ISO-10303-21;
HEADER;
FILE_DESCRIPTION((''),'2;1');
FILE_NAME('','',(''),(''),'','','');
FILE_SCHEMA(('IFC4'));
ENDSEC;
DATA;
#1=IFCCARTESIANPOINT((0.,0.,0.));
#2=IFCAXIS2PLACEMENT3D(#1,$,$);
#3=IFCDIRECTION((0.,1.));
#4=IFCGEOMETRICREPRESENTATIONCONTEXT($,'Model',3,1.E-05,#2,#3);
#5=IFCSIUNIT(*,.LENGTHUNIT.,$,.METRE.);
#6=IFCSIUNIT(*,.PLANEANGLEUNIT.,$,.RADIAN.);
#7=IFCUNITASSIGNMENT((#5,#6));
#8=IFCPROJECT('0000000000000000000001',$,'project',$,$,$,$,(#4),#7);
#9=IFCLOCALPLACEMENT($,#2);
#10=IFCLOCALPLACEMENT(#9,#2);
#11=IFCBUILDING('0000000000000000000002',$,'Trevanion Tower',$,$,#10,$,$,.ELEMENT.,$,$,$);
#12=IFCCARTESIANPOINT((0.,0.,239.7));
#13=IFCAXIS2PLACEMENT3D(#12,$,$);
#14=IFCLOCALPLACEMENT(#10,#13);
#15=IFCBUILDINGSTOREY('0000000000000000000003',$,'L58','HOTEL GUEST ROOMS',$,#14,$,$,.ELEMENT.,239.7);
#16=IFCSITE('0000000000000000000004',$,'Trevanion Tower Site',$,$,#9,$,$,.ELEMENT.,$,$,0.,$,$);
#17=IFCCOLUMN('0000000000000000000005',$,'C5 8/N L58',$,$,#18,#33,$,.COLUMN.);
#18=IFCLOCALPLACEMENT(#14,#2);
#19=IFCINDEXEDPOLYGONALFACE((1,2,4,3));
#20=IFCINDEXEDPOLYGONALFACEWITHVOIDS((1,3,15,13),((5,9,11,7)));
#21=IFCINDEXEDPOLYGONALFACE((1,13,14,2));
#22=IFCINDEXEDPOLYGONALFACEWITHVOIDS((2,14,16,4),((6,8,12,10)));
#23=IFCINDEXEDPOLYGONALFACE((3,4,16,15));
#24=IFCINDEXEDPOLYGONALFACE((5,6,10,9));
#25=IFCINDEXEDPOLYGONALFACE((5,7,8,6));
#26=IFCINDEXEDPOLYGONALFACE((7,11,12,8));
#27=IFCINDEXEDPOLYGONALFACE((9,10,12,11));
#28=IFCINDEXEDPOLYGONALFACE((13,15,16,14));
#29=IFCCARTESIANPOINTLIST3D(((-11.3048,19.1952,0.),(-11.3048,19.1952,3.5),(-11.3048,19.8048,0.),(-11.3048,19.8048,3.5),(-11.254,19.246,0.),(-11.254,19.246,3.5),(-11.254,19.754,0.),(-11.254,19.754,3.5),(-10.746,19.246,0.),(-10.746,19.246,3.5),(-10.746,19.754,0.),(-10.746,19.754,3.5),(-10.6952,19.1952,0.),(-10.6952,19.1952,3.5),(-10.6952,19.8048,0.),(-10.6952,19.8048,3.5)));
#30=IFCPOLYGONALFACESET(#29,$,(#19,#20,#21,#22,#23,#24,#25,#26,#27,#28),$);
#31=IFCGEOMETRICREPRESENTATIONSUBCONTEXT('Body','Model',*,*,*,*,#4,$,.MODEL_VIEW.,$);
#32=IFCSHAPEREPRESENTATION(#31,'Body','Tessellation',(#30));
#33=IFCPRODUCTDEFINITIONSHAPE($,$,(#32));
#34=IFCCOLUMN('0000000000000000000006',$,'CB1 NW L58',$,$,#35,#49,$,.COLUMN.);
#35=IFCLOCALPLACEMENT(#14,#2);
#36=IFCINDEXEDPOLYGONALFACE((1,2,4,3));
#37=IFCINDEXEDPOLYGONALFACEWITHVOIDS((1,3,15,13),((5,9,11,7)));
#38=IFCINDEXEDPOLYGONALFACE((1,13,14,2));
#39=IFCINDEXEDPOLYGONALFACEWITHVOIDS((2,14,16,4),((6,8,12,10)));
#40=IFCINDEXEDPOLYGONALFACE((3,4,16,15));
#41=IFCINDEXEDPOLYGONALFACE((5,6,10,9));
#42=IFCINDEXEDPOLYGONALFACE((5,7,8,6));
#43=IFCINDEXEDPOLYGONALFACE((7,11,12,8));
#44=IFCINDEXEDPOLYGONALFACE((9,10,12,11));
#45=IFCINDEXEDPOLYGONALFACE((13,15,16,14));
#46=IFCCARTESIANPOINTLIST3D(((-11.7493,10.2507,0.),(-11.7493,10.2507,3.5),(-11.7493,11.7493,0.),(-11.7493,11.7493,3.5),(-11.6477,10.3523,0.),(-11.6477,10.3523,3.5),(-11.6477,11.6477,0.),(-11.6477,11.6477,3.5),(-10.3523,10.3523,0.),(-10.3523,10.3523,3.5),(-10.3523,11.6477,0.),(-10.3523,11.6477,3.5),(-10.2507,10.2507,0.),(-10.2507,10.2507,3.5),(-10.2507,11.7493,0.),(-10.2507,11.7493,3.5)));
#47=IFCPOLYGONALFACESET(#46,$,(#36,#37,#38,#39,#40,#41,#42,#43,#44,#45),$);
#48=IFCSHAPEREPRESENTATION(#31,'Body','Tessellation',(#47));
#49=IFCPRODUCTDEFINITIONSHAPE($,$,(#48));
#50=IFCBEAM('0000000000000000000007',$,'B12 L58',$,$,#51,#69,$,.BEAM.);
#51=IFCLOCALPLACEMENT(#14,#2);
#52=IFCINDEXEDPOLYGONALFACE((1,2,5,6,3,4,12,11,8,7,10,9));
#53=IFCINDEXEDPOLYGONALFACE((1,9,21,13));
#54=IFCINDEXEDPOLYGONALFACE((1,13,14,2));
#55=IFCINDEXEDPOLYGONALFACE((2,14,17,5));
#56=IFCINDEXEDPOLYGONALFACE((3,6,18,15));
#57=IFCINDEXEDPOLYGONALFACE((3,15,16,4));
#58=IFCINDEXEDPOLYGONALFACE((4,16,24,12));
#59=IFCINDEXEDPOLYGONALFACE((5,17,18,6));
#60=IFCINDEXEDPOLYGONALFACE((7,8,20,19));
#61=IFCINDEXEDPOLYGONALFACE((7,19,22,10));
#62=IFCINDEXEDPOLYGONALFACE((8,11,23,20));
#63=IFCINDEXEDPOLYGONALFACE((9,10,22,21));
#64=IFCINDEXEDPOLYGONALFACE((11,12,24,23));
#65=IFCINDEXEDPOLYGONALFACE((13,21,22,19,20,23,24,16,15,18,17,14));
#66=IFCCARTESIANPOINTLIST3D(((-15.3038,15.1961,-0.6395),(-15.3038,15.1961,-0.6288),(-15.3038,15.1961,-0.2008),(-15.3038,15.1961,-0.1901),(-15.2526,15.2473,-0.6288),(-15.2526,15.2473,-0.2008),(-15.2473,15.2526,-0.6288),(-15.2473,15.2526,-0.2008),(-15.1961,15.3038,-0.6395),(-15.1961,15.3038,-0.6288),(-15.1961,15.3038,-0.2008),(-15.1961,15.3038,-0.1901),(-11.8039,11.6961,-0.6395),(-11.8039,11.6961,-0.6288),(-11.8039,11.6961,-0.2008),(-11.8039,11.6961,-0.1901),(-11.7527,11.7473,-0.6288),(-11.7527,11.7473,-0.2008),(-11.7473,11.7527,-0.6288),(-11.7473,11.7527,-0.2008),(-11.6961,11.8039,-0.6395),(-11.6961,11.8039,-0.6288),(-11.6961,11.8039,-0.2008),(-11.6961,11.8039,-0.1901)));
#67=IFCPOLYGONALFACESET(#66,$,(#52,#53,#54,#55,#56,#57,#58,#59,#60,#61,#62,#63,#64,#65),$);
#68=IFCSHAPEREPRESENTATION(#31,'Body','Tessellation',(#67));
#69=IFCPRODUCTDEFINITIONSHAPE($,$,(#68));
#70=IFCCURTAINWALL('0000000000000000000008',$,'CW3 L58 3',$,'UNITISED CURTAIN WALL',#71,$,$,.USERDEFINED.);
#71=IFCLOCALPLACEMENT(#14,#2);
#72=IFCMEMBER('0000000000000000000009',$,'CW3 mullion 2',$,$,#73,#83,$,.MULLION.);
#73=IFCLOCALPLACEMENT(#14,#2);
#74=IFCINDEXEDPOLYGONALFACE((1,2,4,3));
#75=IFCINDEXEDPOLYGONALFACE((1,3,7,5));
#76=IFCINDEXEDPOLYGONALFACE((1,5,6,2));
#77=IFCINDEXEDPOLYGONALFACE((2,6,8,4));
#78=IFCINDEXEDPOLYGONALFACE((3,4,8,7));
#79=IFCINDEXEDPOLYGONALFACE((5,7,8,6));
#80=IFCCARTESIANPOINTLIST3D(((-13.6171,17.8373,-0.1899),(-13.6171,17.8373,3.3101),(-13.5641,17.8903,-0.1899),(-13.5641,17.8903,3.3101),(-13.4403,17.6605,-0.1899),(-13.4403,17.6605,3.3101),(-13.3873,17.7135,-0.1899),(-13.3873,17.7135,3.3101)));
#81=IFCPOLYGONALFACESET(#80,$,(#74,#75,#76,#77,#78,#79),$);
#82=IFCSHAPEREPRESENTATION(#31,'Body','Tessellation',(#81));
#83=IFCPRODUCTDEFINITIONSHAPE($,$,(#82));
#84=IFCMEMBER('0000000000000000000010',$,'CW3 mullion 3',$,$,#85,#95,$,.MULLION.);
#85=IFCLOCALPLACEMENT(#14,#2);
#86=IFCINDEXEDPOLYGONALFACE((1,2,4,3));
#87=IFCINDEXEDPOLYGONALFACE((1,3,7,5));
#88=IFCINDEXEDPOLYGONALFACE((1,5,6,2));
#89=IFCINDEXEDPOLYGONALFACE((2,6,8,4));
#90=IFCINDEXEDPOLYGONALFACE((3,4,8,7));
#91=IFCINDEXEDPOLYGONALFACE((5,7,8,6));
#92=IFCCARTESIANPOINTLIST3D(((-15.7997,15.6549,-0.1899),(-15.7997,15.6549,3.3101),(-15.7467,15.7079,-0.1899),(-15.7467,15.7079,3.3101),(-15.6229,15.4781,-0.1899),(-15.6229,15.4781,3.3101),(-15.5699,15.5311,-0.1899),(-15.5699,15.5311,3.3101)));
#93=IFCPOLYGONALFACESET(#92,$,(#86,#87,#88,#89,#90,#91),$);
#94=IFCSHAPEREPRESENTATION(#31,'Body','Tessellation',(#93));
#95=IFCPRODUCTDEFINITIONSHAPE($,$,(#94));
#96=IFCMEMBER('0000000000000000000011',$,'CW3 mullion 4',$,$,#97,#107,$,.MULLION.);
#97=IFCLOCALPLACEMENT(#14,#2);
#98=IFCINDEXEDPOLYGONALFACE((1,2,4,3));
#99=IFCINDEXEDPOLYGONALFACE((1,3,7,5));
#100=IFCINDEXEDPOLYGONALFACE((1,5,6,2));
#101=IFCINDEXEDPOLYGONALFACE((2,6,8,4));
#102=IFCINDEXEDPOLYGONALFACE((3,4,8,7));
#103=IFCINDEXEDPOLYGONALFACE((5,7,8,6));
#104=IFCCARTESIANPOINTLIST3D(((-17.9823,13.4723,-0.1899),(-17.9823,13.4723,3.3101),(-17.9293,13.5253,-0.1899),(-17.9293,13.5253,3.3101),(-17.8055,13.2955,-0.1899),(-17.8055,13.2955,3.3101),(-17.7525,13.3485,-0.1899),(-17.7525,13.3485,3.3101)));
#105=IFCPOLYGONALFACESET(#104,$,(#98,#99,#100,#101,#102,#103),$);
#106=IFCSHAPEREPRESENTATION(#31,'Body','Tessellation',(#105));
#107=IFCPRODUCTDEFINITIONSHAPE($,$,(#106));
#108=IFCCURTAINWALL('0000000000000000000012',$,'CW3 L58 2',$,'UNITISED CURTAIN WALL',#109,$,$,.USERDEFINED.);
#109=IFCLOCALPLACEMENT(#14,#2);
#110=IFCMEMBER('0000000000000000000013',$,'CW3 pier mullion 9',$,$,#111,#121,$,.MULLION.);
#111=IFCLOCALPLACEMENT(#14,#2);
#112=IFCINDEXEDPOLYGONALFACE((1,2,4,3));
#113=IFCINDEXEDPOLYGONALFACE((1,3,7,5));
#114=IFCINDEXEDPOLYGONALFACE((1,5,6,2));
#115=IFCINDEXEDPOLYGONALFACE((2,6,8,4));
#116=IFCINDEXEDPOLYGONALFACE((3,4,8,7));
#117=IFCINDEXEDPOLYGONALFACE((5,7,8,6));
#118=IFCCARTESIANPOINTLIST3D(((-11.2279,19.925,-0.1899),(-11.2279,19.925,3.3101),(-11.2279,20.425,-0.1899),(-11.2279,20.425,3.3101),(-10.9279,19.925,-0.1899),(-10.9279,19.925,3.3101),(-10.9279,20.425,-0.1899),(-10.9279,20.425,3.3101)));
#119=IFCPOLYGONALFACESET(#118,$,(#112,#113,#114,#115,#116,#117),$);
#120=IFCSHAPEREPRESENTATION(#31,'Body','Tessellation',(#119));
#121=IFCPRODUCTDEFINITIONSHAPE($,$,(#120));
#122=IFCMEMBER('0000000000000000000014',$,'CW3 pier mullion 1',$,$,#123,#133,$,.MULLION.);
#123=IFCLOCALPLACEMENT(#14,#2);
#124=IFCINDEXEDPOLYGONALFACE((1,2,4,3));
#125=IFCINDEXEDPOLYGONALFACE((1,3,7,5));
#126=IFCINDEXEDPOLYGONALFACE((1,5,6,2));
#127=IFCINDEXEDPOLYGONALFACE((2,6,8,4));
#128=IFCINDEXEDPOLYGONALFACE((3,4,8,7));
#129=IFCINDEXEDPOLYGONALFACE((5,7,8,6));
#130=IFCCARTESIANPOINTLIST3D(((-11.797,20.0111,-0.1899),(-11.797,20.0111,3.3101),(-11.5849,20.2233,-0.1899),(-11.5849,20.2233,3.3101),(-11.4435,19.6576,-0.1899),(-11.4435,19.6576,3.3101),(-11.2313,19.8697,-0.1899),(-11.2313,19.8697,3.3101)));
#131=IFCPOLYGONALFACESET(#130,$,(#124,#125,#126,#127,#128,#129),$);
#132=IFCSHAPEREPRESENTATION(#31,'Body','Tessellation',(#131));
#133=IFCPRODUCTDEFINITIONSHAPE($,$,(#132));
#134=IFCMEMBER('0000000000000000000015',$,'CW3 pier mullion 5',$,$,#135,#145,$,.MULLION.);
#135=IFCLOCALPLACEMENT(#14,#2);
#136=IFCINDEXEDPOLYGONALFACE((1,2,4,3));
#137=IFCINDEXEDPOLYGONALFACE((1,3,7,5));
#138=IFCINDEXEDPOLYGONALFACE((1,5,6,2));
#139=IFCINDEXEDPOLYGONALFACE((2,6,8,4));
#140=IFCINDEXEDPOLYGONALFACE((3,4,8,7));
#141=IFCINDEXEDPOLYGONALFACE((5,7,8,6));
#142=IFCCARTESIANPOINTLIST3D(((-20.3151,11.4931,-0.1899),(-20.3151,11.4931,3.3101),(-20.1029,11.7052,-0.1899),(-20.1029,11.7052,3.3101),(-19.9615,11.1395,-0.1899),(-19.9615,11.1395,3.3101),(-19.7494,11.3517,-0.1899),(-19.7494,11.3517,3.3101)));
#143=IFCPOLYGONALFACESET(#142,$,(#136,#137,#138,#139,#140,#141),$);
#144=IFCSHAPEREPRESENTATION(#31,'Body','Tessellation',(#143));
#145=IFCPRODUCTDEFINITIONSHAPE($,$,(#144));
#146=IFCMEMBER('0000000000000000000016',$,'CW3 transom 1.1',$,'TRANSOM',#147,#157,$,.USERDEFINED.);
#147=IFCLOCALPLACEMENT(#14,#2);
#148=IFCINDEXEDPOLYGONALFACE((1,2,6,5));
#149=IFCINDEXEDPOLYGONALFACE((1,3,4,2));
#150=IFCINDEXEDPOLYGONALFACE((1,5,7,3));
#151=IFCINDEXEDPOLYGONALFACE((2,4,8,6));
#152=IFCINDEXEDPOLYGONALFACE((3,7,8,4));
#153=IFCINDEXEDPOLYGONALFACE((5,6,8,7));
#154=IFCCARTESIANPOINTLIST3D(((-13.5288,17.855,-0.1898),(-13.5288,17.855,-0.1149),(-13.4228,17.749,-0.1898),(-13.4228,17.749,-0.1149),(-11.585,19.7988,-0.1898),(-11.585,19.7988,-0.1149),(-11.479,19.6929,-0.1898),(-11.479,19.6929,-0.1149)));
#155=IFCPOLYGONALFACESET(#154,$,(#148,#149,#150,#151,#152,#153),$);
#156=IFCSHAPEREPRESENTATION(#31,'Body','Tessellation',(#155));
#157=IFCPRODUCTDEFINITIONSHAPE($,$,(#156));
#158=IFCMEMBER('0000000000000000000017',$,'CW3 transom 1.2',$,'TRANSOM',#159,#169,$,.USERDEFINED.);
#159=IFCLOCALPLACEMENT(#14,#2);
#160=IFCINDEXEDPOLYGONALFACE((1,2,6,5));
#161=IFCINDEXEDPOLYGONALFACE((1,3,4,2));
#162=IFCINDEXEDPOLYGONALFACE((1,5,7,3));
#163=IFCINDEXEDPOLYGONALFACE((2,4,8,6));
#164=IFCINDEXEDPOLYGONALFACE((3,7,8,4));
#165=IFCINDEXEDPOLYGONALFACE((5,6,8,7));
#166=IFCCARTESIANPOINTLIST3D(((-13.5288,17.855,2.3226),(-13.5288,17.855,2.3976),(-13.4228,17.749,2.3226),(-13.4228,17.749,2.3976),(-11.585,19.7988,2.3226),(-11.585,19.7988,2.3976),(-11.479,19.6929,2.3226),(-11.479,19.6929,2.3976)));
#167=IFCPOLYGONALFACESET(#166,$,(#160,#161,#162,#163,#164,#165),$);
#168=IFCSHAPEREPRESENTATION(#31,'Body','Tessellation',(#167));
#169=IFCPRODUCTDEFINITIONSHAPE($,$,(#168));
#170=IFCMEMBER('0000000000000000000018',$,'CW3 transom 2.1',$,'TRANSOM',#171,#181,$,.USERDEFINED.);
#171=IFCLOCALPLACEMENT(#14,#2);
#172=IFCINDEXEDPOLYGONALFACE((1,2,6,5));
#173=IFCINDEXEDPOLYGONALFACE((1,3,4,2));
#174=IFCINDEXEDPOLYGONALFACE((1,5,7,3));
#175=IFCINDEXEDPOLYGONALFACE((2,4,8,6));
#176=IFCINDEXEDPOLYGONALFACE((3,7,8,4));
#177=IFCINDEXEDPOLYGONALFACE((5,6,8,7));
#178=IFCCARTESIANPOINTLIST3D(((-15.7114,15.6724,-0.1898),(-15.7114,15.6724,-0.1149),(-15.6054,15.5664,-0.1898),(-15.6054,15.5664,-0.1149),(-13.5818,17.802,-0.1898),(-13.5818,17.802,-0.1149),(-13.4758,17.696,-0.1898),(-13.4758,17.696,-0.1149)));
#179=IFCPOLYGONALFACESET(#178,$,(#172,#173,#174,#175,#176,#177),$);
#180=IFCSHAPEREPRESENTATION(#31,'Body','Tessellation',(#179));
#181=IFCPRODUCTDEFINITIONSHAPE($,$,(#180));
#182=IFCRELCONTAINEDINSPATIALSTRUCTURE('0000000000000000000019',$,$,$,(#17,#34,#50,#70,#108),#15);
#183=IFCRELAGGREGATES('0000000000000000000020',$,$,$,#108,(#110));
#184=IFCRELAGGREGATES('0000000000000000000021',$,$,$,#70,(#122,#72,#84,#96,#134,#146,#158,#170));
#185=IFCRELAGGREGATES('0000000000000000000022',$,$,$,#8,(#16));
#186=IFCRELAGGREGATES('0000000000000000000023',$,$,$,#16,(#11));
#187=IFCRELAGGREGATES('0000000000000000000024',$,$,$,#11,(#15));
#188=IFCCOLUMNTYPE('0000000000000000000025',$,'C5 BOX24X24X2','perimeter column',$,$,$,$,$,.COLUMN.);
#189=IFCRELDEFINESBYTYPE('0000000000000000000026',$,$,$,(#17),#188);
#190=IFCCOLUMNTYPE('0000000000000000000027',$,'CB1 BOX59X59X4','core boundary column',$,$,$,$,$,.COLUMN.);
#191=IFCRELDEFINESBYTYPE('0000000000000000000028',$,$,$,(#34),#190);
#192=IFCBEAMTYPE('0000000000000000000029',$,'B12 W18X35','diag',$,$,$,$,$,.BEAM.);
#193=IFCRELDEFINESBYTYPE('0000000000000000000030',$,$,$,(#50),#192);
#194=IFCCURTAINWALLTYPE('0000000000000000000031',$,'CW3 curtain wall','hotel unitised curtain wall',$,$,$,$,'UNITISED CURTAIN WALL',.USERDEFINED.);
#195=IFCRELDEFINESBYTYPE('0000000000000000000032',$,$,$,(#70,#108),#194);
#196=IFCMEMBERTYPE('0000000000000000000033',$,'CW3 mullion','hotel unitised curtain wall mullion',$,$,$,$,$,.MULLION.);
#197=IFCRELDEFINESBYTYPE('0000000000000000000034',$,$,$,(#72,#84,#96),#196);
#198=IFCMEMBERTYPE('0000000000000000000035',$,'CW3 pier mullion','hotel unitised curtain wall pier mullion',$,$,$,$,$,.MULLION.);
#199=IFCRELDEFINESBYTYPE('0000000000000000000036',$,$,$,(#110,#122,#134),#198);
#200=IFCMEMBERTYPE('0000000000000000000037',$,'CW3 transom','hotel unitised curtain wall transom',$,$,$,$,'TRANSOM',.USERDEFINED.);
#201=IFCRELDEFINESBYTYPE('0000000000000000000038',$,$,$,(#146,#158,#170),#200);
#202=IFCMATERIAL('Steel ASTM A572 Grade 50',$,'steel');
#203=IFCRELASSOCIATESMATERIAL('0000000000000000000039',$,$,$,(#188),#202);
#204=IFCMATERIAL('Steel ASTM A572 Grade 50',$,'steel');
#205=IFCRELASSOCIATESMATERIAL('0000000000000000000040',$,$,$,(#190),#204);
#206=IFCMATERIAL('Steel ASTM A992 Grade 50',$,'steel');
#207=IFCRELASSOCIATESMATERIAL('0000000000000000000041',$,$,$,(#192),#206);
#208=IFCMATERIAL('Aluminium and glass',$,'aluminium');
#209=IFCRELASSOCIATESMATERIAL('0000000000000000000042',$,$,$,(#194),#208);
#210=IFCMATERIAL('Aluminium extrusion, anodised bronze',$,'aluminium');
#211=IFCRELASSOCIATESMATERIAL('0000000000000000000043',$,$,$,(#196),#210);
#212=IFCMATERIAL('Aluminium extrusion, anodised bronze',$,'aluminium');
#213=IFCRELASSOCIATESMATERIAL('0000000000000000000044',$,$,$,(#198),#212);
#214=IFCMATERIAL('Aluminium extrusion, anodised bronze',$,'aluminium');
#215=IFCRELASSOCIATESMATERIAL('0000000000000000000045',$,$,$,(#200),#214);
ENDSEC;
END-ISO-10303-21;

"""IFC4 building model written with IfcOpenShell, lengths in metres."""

from ifc_helpers import new_model, si_unit, direction, frame, origin, origin_2d, place, context, subcontext, project, spatial, rectangle, hollow_rectangle, i_section, extrude, material, material_profile, profile_set, type_object, element, aggregate, save


model = new_model("IFC4")

# Units and contexts
model_context = context("Model", 3, precision=1e-05, world=origin(), true_north=direction((0.0, 1.0)))
body_context = subcontext(model_context, "Body", "Model", "MODEL_VIEW")
ifc_project = project(units=[si_unit("LENGTHUNIT", "METRE"), si_unit("PLANEANGLEUNIT", "RADIAN")], contexts=[model_context])

# Site, building, storey
site_placement = place(None, origin())
site = spatial("IfcSite", under=ifc_project, at=site_placement, Name="Trevanion Tower Site", CompositionType="ELEMENT", RefElevation=0.0)
building_placement = place(site_placement, origin())
building = spatial("IfcBuilding", under=site, at=building_placement, Name="Trevanion Tower", CompositionType="ELEMENT")
storey_placement = place(building_placement, frame((0.0, 0.0, 239.7)))
storey = spatial("IfcBuildingStorey", under=building, at=storey_placement, Name="L58", Description="HOTEL GUEST ROOMS", CompositionType="ELEMENT", Elevation=239.7)

# Columns
ifc_material_1 = material(Name="Steel ASTM A572 Grade 50", Category="steel")
ifc_material_profile_1 = material_profile(ifc_material_1, hollow_rectangle(XDim=0.6096, YDim=0.6096, WallThickness=0.0508, at=origin_2d()), Name="BOX24X24X2")
ifc_profile_set_1 = profile_set([ifc_material_profile_1], Name="Steel ASTM A572 Grade 50")
column_type_1 = type_object("IfcColumnType", Name="C5 BOX24X24X2", Description="perimeter column", PredefinedType="COLUMN", material=ifc_profile_set_1)
column_1_placement = place(storey_placement, frame((-11.0, 19.5, 0.0), z_axis=(0.0, 0.0, 1.0), x_axis=(1.0, 0.0, 0.0)))
element("IfcColumn", 1, at=column_1_placement, inside=storey, type_object=column_type_1, Name="C5 8/N L58", PredefinedType="COLUMN", context=body_context, shape_type="SweptSolid", body=[
    extrude(hollow_rectangle(XDim=0.6096, YDim=0.6096, WallThickness=0.0508, at=origin_2d()), origin(), (0.0, 0.0, 1.0), 3.5),
])
ifc_material_2 = material(Name="Steel ASTM A572 Grade 50", Category="steel")
ifc_material_profile_2 = material_profile(ifc_material_2, hollow_rectangle(XDim=1.4985, YDim=1.4985, WallThickness=0.1016, at=origin_2d()), Name="BOX59X59X4")
ifc_profile_set_2 = profile_set([ifc_material_profile_2], Name="Steel ASTM A572 Grade 50")
column_type_2 = type_object("IfcColumnType", Name="CB1 BOX59X59X4", Description="core boundary column", PredefinedType="COLUMN", material=ifc_profile_set_2)
column_2_placement = place(storey_placement, frame((-11.0, 11.0, 0.0), z_axis=(0.0, 0.0, 1.0), x_axis=(1.0, 0.0, 0.0)))
element("IfcColumn", 2, at=column_2_placement, inside=storey, type_object=column_type_2, Name="CB1 NW L58", PredefinedType="COLUMN", context=body_context, shape_type="SweptSolid", body=[
    extrude(hollow_rectangle(XDim=1.4985, YDim=1.4985, WallThickness=0.1016, at=origin_2d()), origin(), (0.0, 0.0, 1.0), 3.5),
])

# Beam
ifc_material_3 = material(Name="Steel ASTM A992 Grade 50", Category="steel")
ifc_material_profile_3 = material_profile(ifc_material_3, i_section(OverallWidth=0.1523, OverallDepth=0.4495, WebThickness=0.0076, FlangeThickness=0.0107, at=origin_2d()), Name="W18X35")
ifc_profile_set_3 = profile_set([ifc_material_profile_3], Name="Steel ASTM A992 Grade 50")
beam_type_1 = type_object("IfcBeamType", Name="B12 W18X35", Description="diag", PredefinedType="BEAM", material=ifc_profile_set_3)
beam_1_placement = place(storey_placement, frame((-11.75, 11.75, -0.4148), z_axis=(-0.707107, 0.707107, 0.0), x_axis=(-0.707107, -0.707107, 0.0)))
element("IfcBeam", 3, at=beam_1_placement, inside=storey, type_object=beam_type_1, Name="B12 L58", PredefinedType="BEAM", context=body_context, shape_type="SweptSolid", body=[
    extrude(i_section(OverallWidth=0.1523, OverallDepth=0.4495, WebThickness=0.0076, FlangeThickness=0.0107, at=origin_2d()), origin(), (0.0, 0.0, 1.0), 4.9497),
])

# Curtain wall, members
ifc_material_4 = material(Name="Aluminium and glass", Category="aluminium")
curtain_wall_type = type_object("IfcCurtainWallType", Name="CW3 curtain wall", Description="hotel unitised curtain wall", ElementType="UNITISED CURTAIN WALL", PredefinedType="USERDEFINED", material=ifc_material_4)
curtain_wall_1_placement = place(storey_placement, origin())
curtain_wall_1 = element("IfcCurtainWall", 4, at=curtain_wall_1_placement, inside=storey, type_object=curtain_wall_type, Name="CW3 L58 3", ObjectType="UNITISED CURTAIN WALL", PredefinedType="USERDEFINED")
ifc_material_5 = material(Name="Aluminium extrusion, anodised bronze", Category="aluminium")
ifc_material_profile_4 = material_profile(ifc_material_5, rectangle(XDim=0.075, YDim=0.25, at=origin_2d()), Name="CW3 mullion")
ifc_profile_set_4 = profile_set([ifc_material_profile_4], Name="Aluminium extrusion, anodised bronze")
member_type_1 = type_object("IfcMemberType", Name="CW3 mullion", Description="hotel unitised curtain wall mullion", PredefinedType="MULLION", material=ifc_profile_set_4)
member_1_placement = place(storey_placement, frame((-13.5022, 17.7754, -0.1899), z_axis=(0.0, 0.0, 1.0), x_axis=(-0.707107, -0.707107, 0.0)))
member_1 = element("IfcMember", 5, at=member_1_placement, type_object=member_type_1, Name="CW3 mullion 2", PredefinedType="MULLION", context=body_context, shape_type="SweptSolid", body=[
    extrude(rectangle(XDim=0.075, YDim=0.25, at=origin_2d()), origin(), (0.0, 0.0, 1.0), 3.5),
])
member_2_placement = place(storey_placement, frame((-15.6848, 15.593, -0.1899), z_axis=(0.0, 0.0, 1.0), x_axis=(-0.707107, -0.707107, 0.0)))
member_2 = element("IfcMember", 6, at=member_2_placement, type_object=member_type_1, Name="CW3 mullion 3", PredefinedType="MULLION", context=body_context, shape_type="SweptSolid", body=[
    extrude(rectangle(XDim=0.075, YDim=0.25, at=origin_2d()), origin(), (0.0, 0.0, 1.0), 3.5),
])
member_3_placement = place(storey_placement, frame((-17.8674, 13.4104, -0.1899), z_axis=(0.0, 0.0, 1.0), x_axis=(-0.707107, -0.707107, 0.0)))
member_3 = element("IfcMember", 7, at=member_3_placement, type_object=member_type_1, Name="CW3 mullion 4", PredefinedType="MULLION", context=body_context, shape_type="SweptSolid", body=[
    extrude(rectangle(XDim=0.075, YDim=0.25, at=origin_2d()), origin(), (0.0, 0.0, 1.0), 3.5),
])

# Curtain wall, member
curtain_wall_2_placement = place(storey_placement, origin())
curtain_wall_2 = element("IfcCurtainWall", 8, at=curtain_wall_2_placement, inside=storey, type_object=curtain_wall_type, Name="CW3 L58 2", ObjectType="UNITISED CURTAIN WALL", PredefinedType="USERDEFINED")
ifc_material_6 = material(Name="Aluminium extrusion, anodised bronze", Category="aluminium")
ifc_material_profile_5 = material_profile(ifc_material_6, rectangle(XDim=0.3, YDim=0.5, at=origin_2d()), Name="CW3 pier mullion")
ifc_profile_set_5 = profile_set([ifc_material_profile_5], Name="Aluminium extrusion, anodised bronze")
member_type_2 = type_object("IfcMemberType", Name="CW3 pier mullion", Description="hotel unitised curtain wall pier mullion", PredefinedType="MULLION", material=ifc_profile_set_5)
member_4_placement = place(storey_placement, frame((-11.0779, 20.175, -0.1899), z_axis=(0.0, 0.0, 1.0), x_axis=(-1.0, 0.0, 0.0)))
member_4 = element("IfcMember", 9, at=member_4_placement, type_object=member_type_2, Name="CW3 pier mullion 9", PredefinedType="MULLION", context=body_context, shape_type="SweptSolid", body=[
    extrude(rectangle(XDim=0.3, YDim=0.5, at=origin_2d()), origin(), (0.0, 0.0, 1.0), 3.5),
])
aggregate(curtain_wall_2, [member_4])

# Members
member_5_placement = place(storey_placement, frame((-11.5142, 19.9404, -0.1899), z_axis=(0.0, 0.0, 1.0), x_axis=(-0.707107, -0.707107, 0.0)))
member_5 = element("IfcMember", 10, at=member_5_placement, type_object=member_type_2, Name="CW3 pier mullion 1", PredefinedType="MULLION", context=body_context, shape_type="SweptSolid", body=[
    extrude(rectangle(XDim=0.3, YDim=0.5, at=origin_2d()), origin(), (0.0, 0.0, 1.0), 3.5),
])
member_6_placement = place(storey_placement, frame((-20.0322, 11.4224, -0.1899), z_axis=(0.0, 0.0, 1.0), x_axis=(-0.707107, -0.707107, 0.0)))
member_6 = element("IfcMember", 11, at=member_6_placement, type_object=member_type_2, Name="CW3 pier mullion 5", PredefinedType="MULLION", context=body_context, shape_type="SweptSolid", body=[
    extrude(rectangle(XDim=0.3, YDim=0.5, at=origin_2d()), origin(), (0.0, 0.0, 1.0), 3.5),
])
ifc_material_7 = material(Name="Aluminium extrusion, anodised bronze", Category="aluminium")
ifc_material_profile_6 = material_profile(ifc_material_7, rectangle(XDim=0.1499, YDim=0.075, at=origin_2d()), Name="CW3 transom")
ifc_profile_set_6 = profile_set([ifc_material_profile_6], Name="Aluminium extrusion, anodised bronze")
member_type_3 = type_object("IfcMemberType", Name="CW3 transom", Description="hotel unitised curtain wall transom", ElementType="TRANSOM", PredefinedType="USERDEFINED", material=ifc_profile_set_6)
member_7_placement = place(storey_placement, frame((-11.532, 19.7458, -0.1523), z_axis=(-0.707107, -0.707107, 0.0), x_axis=(0.707107, -0.707107, 0.0)))
member_7 = element("IfcMember", 12, at=member_7_placement, type_object=member_type_3, Name="CW3 transom 1.1", ObjectType="TRANSOM", PredefinedType="USERDEFINED", context=body_context, shape_type="SweptSolid", body=[
    extrude(rectangle(XDim=0.1499, YDim=0.075, at=origin_2d()), origin(), (0.0, 0.0, 1.0), 2.749),
])
member_8_placement = place(storey_placement, frame((-11.532, 19.7458, 2.3601), z_axis=(-0.707107, -0.707107, 0.0), x_axis=(0.707107, -0.707107, 0.0)))
member_8 = element("IfcMember", 13, at=member_8_placement, type_object=member_type_3, Name="CW3 transom 1.2", ObjectType="TRANSOM", PredefinedType="USERDEFINED", context=body_context, shape_type="SweptSolid", body=[
    extrude(rectangle(XDim=0.1499, YDim=0.075, at=origin_2d()), origin(), (0.0, 0.0, 1.0), 2.749),
])
member_9_placement = place(storey_placement, frame((-13.5288, 17.749, -0.1523), z_axis=(-0.707107, -0.707107, 0.0), x_axis=(0.707107, -0.707107, 0.0)))
member_9 = element("IfcMember", 14, at=member_9_placement, type_object=member_type_3, Name="CW3 transom 2.1", ObjectType="TRANSOM", PredefinedType="USERDEFINED", context=body_context, shape_type="SweptSolid", body=[
    extrude(rectangle(XDim=0.1499, YDim=0.075, at=origin_2d()), origin(), (0.0, 0.0, 1.0), 3.0117),
])

aggregate(curtain_wall_1, [member_5, member_1, member_2, member_3, member_6, member_7, member_8, member_9])

save(model, "model.ifc")
